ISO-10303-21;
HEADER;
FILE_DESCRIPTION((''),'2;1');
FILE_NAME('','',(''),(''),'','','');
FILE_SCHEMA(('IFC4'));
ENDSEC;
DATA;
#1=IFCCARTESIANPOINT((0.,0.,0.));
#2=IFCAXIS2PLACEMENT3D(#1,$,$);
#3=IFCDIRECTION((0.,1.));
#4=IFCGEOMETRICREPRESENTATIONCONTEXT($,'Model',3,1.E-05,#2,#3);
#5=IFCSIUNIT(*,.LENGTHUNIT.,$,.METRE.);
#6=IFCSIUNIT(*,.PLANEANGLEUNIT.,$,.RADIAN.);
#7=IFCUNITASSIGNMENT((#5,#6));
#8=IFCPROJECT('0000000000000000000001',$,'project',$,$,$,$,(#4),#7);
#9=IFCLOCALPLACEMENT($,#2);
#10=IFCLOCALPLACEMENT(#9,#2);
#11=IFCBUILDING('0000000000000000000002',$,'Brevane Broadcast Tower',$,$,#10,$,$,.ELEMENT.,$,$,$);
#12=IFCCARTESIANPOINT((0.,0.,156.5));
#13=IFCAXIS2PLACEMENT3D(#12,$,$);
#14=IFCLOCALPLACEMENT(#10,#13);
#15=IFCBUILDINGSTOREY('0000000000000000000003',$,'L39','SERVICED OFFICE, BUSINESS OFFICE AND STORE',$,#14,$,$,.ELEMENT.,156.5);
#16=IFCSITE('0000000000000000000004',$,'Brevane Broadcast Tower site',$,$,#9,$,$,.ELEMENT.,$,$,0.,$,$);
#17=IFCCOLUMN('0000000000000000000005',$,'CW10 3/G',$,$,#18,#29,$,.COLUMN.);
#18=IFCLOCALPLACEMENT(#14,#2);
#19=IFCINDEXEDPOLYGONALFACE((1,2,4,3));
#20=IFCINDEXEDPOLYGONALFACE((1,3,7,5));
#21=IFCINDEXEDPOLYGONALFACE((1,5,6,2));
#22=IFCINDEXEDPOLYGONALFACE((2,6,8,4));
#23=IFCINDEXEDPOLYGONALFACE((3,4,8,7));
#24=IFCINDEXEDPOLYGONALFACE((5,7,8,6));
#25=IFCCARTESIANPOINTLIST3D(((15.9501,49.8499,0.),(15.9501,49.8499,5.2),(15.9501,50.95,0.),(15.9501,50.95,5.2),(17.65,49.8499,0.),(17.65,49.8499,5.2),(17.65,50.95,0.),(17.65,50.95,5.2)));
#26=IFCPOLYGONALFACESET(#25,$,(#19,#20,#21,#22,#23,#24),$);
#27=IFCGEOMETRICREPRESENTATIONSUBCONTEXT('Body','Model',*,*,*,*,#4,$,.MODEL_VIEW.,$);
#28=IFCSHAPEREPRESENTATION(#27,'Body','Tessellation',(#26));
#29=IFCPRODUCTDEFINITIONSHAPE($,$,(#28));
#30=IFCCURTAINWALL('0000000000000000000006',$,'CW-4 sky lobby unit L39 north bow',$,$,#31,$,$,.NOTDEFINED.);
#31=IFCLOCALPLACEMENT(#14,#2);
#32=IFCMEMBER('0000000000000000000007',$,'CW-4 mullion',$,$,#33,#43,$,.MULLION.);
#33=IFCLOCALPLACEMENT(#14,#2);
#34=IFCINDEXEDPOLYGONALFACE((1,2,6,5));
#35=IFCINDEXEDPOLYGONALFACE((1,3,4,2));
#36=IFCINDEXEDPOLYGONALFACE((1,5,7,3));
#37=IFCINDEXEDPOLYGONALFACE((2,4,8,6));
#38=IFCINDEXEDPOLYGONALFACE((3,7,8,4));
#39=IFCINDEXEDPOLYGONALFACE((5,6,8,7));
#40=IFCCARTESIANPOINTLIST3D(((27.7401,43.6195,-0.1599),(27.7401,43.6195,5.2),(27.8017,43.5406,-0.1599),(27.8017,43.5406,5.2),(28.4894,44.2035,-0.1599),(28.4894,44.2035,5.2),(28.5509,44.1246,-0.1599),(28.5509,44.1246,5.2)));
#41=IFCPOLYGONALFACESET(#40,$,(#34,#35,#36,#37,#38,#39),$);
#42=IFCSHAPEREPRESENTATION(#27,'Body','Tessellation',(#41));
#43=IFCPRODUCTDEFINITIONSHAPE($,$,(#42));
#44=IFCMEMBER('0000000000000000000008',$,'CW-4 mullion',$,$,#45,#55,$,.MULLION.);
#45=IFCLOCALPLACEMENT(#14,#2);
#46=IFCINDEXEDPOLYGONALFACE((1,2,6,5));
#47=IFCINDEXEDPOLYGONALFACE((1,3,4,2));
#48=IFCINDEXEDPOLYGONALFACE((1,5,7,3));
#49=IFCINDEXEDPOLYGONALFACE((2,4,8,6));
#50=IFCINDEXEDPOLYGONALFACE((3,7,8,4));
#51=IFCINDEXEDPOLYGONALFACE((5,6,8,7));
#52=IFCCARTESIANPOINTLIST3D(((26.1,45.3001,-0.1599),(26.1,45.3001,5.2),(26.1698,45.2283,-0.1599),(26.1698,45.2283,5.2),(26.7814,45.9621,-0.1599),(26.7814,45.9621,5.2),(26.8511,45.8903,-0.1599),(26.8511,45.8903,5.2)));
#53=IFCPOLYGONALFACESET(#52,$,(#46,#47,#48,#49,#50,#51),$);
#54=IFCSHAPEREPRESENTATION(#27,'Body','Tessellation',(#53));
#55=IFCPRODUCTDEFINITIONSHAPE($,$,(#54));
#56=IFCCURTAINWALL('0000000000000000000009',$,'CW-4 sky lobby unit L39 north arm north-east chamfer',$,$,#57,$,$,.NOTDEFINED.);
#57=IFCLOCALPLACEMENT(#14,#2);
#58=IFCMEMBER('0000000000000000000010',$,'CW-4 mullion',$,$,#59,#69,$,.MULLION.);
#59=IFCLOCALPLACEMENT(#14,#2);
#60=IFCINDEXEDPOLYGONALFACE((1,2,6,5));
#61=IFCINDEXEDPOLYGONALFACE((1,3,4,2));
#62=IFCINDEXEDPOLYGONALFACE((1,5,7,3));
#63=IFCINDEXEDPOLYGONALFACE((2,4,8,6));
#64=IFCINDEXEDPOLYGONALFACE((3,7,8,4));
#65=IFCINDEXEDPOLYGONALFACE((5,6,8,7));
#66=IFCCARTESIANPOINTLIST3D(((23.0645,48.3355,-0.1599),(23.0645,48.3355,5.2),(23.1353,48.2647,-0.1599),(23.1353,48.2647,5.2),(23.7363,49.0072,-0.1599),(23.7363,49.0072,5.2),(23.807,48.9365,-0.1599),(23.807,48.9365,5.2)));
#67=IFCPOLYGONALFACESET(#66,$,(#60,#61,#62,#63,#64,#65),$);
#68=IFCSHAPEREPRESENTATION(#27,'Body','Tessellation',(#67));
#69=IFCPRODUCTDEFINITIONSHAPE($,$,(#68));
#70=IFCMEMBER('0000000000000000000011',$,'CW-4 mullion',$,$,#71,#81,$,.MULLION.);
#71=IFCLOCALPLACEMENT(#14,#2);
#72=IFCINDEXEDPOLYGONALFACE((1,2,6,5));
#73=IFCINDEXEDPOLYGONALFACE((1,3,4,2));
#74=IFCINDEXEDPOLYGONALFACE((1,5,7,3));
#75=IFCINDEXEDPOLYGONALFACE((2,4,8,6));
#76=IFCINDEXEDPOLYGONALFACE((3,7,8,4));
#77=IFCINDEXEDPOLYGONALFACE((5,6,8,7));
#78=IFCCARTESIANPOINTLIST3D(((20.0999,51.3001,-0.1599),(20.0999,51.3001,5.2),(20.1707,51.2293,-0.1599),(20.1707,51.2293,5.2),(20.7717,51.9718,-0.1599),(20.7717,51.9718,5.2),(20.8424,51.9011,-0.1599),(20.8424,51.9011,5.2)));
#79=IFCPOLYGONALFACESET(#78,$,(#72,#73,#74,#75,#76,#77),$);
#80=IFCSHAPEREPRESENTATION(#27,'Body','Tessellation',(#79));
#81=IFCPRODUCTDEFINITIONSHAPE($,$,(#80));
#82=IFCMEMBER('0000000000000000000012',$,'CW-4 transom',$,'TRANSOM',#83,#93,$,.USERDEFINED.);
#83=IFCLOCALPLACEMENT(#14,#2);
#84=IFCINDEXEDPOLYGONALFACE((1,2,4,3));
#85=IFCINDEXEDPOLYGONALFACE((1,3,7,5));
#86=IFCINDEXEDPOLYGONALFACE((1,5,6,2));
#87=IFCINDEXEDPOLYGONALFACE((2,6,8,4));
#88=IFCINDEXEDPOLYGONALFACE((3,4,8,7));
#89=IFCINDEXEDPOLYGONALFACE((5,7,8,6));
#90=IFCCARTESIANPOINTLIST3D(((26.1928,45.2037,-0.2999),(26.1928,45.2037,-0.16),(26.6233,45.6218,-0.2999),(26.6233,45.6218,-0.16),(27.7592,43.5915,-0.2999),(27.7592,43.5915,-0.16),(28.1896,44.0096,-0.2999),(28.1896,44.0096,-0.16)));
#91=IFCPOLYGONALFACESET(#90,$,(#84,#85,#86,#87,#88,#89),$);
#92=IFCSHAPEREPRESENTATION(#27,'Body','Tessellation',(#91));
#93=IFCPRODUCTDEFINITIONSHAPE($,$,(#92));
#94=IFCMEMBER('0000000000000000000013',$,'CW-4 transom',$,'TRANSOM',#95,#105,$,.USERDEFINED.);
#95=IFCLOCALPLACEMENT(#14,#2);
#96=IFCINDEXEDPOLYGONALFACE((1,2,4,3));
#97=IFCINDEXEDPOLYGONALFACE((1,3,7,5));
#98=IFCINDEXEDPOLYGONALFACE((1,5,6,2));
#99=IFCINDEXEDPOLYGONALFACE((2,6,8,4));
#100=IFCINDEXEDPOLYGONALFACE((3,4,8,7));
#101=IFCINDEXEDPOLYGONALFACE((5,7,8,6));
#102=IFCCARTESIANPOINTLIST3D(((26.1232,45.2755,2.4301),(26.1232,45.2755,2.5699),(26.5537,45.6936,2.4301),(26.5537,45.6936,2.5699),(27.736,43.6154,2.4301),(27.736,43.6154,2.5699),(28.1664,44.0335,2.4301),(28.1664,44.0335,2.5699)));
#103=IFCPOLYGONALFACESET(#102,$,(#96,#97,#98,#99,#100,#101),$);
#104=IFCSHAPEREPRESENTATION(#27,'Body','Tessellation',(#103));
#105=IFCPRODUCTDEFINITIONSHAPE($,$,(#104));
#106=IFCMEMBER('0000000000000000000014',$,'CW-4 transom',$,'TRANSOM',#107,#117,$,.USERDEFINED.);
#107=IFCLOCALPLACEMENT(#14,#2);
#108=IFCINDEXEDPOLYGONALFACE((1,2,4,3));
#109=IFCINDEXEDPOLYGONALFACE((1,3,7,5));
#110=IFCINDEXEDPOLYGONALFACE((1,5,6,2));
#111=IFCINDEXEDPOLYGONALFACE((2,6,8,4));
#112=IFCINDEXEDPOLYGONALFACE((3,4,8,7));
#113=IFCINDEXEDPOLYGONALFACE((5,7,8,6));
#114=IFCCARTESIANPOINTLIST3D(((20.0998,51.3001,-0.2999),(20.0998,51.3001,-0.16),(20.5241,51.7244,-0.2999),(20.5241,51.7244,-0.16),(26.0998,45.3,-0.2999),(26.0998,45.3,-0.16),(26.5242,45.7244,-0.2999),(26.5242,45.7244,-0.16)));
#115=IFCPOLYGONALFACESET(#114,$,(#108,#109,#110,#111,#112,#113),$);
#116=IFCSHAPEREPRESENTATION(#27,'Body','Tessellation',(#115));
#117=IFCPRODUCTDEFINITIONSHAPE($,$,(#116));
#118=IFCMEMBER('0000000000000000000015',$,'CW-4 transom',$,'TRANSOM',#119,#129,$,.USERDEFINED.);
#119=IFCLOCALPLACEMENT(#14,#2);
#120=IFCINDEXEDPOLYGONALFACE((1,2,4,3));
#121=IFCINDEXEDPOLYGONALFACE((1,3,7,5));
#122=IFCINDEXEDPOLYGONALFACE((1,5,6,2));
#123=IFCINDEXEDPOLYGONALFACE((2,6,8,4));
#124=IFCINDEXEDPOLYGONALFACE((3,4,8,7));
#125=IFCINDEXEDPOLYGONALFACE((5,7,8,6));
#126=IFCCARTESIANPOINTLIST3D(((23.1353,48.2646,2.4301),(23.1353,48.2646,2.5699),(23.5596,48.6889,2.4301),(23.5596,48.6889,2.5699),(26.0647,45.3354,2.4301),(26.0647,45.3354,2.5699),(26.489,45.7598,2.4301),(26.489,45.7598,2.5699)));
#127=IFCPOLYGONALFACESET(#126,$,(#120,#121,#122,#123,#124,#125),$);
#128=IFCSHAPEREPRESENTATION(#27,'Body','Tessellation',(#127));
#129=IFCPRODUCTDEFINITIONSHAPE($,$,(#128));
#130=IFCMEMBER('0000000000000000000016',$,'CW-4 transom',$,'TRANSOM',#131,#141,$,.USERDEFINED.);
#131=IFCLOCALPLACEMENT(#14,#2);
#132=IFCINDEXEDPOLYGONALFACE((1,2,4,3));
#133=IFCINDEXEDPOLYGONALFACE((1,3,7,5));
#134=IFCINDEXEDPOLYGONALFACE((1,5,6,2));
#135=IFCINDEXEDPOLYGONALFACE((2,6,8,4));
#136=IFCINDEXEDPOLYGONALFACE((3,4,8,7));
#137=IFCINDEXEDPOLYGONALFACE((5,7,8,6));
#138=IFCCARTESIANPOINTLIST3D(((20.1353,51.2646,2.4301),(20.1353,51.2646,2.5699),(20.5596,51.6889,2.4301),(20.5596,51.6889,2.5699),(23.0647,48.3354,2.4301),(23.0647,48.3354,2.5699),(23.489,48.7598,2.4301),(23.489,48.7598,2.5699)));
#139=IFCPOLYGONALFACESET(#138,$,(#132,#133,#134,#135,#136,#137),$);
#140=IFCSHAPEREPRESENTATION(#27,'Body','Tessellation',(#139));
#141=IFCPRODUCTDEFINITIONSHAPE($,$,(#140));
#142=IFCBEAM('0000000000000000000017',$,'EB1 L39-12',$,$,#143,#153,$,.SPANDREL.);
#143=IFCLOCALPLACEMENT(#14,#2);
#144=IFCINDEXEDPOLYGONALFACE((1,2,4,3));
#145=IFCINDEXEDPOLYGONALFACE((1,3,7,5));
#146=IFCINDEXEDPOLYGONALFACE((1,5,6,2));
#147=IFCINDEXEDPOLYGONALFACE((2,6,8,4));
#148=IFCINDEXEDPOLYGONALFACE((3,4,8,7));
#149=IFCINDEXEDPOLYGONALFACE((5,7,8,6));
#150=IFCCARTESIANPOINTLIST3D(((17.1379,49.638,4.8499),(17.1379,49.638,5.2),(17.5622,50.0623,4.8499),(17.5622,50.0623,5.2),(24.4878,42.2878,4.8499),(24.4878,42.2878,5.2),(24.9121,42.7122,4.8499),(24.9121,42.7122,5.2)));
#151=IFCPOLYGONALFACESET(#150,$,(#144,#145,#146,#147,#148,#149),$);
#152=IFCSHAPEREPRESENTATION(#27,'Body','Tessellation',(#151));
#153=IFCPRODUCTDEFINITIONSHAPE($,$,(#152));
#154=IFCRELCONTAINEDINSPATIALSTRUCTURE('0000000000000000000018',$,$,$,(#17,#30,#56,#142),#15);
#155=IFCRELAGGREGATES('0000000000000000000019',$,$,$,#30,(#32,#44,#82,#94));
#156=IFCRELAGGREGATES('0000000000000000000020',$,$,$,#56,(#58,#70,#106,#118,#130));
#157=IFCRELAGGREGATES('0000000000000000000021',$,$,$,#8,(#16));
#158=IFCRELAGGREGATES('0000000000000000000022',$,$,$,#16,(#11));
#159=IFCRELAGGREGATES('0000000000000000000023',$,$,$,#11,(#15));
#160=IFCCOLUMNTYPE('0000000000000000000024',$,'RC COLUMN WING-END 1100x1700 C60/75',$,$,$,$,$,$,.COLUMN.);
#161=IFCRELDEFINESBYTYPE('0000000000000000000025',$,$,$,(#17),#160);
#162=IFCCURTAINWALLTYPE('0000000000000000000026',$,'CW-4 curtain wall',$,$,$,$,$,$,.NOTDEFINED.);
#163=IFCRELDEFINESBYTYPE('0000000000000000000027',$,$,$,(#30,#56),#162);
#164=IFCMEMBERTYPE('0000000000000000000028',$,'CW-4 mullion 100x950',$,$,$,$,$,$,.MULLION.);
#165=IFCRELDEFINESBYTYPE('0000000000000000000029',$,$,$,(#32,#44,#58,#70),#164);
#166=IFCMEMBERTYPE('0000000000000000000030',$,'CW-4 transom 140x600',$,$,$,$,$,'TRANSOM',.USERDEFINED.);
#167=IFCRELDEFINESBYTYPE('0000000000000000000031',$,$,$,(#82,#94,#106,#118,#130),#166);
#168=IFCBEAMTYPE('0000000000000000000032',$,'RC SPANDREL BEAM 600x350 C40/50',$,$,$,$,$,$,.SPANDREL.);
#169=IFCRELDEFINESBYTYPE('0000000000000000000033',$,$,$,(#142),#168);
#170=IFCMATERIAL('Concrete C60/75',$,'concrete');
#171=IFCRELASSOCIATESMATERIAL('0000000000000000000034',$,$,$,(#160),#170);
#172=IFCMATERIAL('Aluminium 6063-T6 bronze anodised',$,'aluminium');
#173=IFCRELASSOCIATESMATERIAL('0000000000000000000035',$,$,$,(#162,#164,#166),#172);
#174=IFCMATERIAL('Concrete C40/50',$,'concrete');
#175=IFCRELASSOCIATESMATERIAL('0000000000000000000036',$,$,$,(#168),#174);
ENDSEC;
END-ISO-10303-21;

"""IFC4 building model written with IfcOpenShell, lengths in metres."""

from ifc_helpers import new_model, si_unit, direction, frame, origin, origin_2d, place, context, subcontext, project, spatial, rectangle, extrude, material, material_profile, profile_set, type_object, element, aggregate, save


model = new_model("IFC4")

# Units and contexts
model_context = context("Model", 3, precision=1e-05, world=origin(), true_north=direction((0.0, 1.0)))
body_context = subcontext(model_context, "Body", "Model", "MODEL_VIEW")
ifc_project = project(units=[si_unit("LENGTHUNIT", "METRE"), si_unit("PLANEANGLEUNIT", "RADIAN")], contexts=[model_context])

# Site, building, storey
site_placement = place(None, origin())
site = spatial("IfcSite", under=ifc_project, at=site_placement, Name="Brevane Broadcast Tower site", CompositionType="ELEMENT", RefElevation=0.0)
building_placement = place(site_placement, origin())
building = spatial("IfcBuilding", under=site, at=building_placement, Name="Brevane Broadcast Tower", CompositionType="ELEMENT")
storey_placement = place(building_placement, frame((0.0, 0.0, 156.5)))
storey = spatial("IfcBuildingStorey", under=building, at=storey_placement, Name="L39", Description="SERVICED OFFICE, BUSINESS OFFICE AND STORE", CompositionType="ELEMENT", Elevation=156.5)

# Column
ifc_material_1 = material(Name="Concrete C60/75", Category="concrete")
ifc_material_profile_1 = material_profile(ifc_material_1, rectangle(XDim=1.1001, YDim=1.7, at=origin_2d()), Name="RC 1100x1700")
ifc_profile_set_1 = profile_set([ifc_material_profile_1], Name="Concrete C60/75")
column_type = type_object("IfcColumnType", Name="RC COLUMN WING-END 1100x1700 C60/75", PredefinedType="COLUMN", material=ifc_profile_set_1)
column_placement = place(storey_placement, frame((16.8, 50.3999, 0.0), z_axis=(0.0, 0.0, 1.0), x_axis=(0.0, 1.0, 0.0)))
element("IfcColumn", 1, at=column_placement, inside=storey, type_object=column_type, Name="CW10 3/G", PredefinedType="COLUMN", context=body_context, shape_type="SweptSolid", body=[
    extrude(rectangle(XDim=1.1001, YDim=1.7, at=origin_2d()), origin(), (0.0, 0.0, 1.0), 5.2),
])

# Curtain walls, members
ifc_material_2 = material(Name="Aluminium 6063-T6 bronze anodised", Category="aluminium")
curtain_wall_type = type_object("IfcCurtainWallType", Name="CW-4 curtain wall", PredefinedType="NOTDEFINED", material=ifc_material_2)
curtain_wall_1_placement = place(storey_placement, origin())
curtain_wall_1 = element("IfcCurtainWall", 2, at=curtain_wall_1_placement, inside=storey, type_object=curtain_wall_type, Name="CW-4 sky lobby unit L39 north bow", PredefinedType="NOTDEFINED")
ifc_material_profile_2 = material_profile(ifc_material_2, rectangle(XDim=0.95, YDim=0.1001, at=origin_2d()), Name="RECT 100x950")
ifc_profile_set_2 = profile_set([ifc_material_profile_2], Name="Aluminium 6063-T6 bronze anodised")
member_type_1 = type_object("IfcMemberType", Name="CW-4 mullion 100x950", PredefinedType="MULLION", material=ifc_profile_set_2)
member_1_placement = place(storey_placement, frame((28.1455, 43.8721, -0.1599), z_axis=(0.0, 0.0, 1.0), x_axis=(-0.788707, -0.61477, 0.0)))
member_1 = element("IfcMember", 3, at=member_1_placement, type_object=member_type_1, Name="CW-4 mullion", PredefinedType="MULLION", context=body_context, shape_type="SweptSolid", body=[
    extrude(rectangle(XDim=0.95, YDim=0.1001, at=origin_2d()), origin(), (0.0, 0.0, 1.0), 5.3599),
])
member_2_placement = place(storey_placement, frame((26.4756, 45.5952, -0.1599), z_axis=(0.0, 0.0, 1.0), x_axis=(-0.717254, -0.696812, 0.0)))
member_2 = element("IfcMember", 4, at=member_2_placement, type_object=member_type_1, Name="CW-4 mullion", PredefinedType="MULLION", context=body_context, shape_type="SweptSolid", body=[
    extrude(rectangle(XDim=0.95, YDim=0.1001, at=origin_2d()), origin(), (0.0, 0.0, 1.0), 5.3599),
])
curtain_wall_2_placement = place(storey_placement, origin())
curtain_wall_2 = element("IfcCurtainWall", 5, at=curtain_wall_2_placement, inside=storey, type_object=curtain_wall_type, Name="CW-4 sky lobby unit L39 north arm north-east chamfer", PredefinedType="NOTDEFINED")
member_3_placement = place(storey_placement, frame((23.4358, 48.636, -0.1599), z_axis=(0.0, 0.0, 1.0), x_axis=(-0.707107, -0.707107, 0.0)))
member_3 = element("IfcMember", 6, at=member_3_placement, type_object=member_type_1, Name="CW-4 mullion", PredefinedType="MULLION", context=body_context, shape_type="SweptSolid", body=[
    extrude(rectangle(XDim=0.95, YDim=0.1001, at=origin_2d()), origin(), (0.0, 0.0, 1.0), 5.3599),
])
member_4_placement = place(storey_placement, frame((20.4712, 51.6006, -0.1599), z_axis=(0.0, 0.0, 1.0), x_axis=(-0.707107, -0.707107, 0.0)))
member_4 = element("IfcMember", 7, at=member_4_placement, type_object=member_type_1, Name="CW-4 mullion", PredefinedType="MULLION", context=body_context, shape_type="SweptSolid", body=[
    extrude(rectangle(XDim=0.95, YDim=0.1001, at=origin_2d()), origin(), (0.0, 0.0, 1.0), 5.3599),
])

# Members
ifc_material_profile_3 = material_profile(ifc_material_2, rectangle(XDim=0.6001, YDim=0.1399, at=origin_2d()), Name="RECT 140x600")
ifc_profile_set_3 = profile_set([ifc_material_profile_3], Name="Aluminium 6063-T6 bronze anodised")
member_type_2 = type_object("IfcMemberType", Name="CW-4 transom 140x600", ElementType="TRANSOM", PredefinedType="USERDEFINED", material=ifc_profile_set_3)
member_5_placement = place(storey_placement, frame((27.9744, 43.8005, -0.23), z_axis=(-0.696824, 0.717242, 0.0), x_axis=(-0.717242, -0.696824, 0.0)))
member_5 = element("IfcMember", 8, at=member_5_placement, type_object=member_type_2, Name="CW-4 transom", ObjectType="TRANSOM", PredefinedType="USERDEFINED", context=body_context, shape_type="SweptSolid", body=[
    extrude(rectangle(XDim=0.6001, YDim=0.1399, at=origin_2d()), origin(), (0.0, 0.0, 1.0), 2.2478),
])
member_6_placement = place(storey_placement, frame((27.9512, 43.8245, 2.5), z_axis=(-0.696801, 0.717264, 0.0), x_axis=(-0.717264, -0.696801, 0.0)))
member_6 = element("IfcMember", 9, at=member_6_placement, type_object=member_type_2, Name="CW-4 transom", ObjectType="TRANSOM", PredefinedType="USERDEFINED", context=body_context, shape_type="SweptSolid", body=[
    extrude(rectangle(XDim=0.6001, YDim=0.1399, at=origin_2d()), origin(), (0.0, 0.0, 1.0), 2.3145),
])
aggregate(curtain_wall_1, [member_1, member_2, member_5, member_6])
member_7_placement = place(storey_placement, frame((26.312, 45.5122, -0.23), z_axis=(-0.707107, 0.707107, 0.0), x_axis=(-0.707107, -0.707107, 0.0)))
member_7 = element("IfcMember", 10, at=member_7_placement, type_object=member_type_2, Name="CW-4 transom", ObjectType="TRANSOM", PredefinedType="USERDEFINED", context=body_context, shape_type="SweptSolid", body=[
    extrude(rectangle(XDim=0.6001, YDim=0.1399, at=origin_2d()), origin(), (0.0, 0.0, 1.0), 8.4854),
])
member_8_placement = place(storey_placement, frame((26.2769, 45.5476, 2.5), z_axis=(-0.707136, 0.707077, 0.0), x_axis=(-0.707077, -0.707136, 0.0)))
member_8 = element("IfcMember", 11, at=member_8_placement, type_object=member_type_2, Name="CW-4 transom", ObjectType="TRANSOM", PredefinedType="USERDEFINED", context=body_context, shape_type="SweptSolid", body=[
    extrude(rectangle(XDim=0.6001, YDim=0.1399, at=origin_2d()), origin(), (0.0, 0.0, 1.0), 4.1426),
])
member_9_placement = place(storey_placement, frame((23.2769, 48.5476, 2.5), z_axis=(-0.707136, 0.707077, 0.0), x_axis=(-0.707077, -0.707136, 0.0)))
member_9 = element("IfcMember", 12, at=member_9_placement, type_object=member_type_2, Name="CW-4 transom", ObjectType="TRANSOM", PredefinedType="USERDEFINED", context=body_context, shape_type="SweptSolid", body=[
    extrude(rectangle(XDim=0.6001, YDim=0.1399, at=origin_2d()), origin(), (0.0, 0.0, 1.0), 4.1426),
])
aggregate(curtain_wall_2, [member_3, member_4, member_7, member_8, member_9])

# Beam
ifc_material_3 = material(Name="Concrete C40/50", Category="concrete")
ifc_material_profile_4 = material_profile(ifc_material_3, rectangle(XDim=0.6001, YDim=0.3501, at=origin_2d()), Name="RC 600x350")
ifc_profile_set_4 = profile_set([ifc_material_profile_4], Name="Concrete C40/50")
beam_type = type_object("IfcBeamType", Name="RC SPANDREL BEAM 600x350 C40/50", PredefinedType="SPANDREL", material=ifc_profile_set_4)
beam_placement = place(storey_placement, frame((24.7, 42.5, 5.0249), z_axis=(-0.707095, 0.707119, 0.0), x_axis=(-0.707119, -0.707095, 0.0)))
element("IfcBeam", 13, at=beam_placement, inside=storey, type_object=beam_type, Name="EB1 L39-12", PredefinedType="SPANDREL", context=body_context, shape_type="SweptSolid", body=[
    extrude(rectangle(XDim=0.6001, YDim=0.3501, at=origin_2d()), origin(), (0.0, 0.0, 1.0), 10.3945),
])

save(model, "model.ifc")
